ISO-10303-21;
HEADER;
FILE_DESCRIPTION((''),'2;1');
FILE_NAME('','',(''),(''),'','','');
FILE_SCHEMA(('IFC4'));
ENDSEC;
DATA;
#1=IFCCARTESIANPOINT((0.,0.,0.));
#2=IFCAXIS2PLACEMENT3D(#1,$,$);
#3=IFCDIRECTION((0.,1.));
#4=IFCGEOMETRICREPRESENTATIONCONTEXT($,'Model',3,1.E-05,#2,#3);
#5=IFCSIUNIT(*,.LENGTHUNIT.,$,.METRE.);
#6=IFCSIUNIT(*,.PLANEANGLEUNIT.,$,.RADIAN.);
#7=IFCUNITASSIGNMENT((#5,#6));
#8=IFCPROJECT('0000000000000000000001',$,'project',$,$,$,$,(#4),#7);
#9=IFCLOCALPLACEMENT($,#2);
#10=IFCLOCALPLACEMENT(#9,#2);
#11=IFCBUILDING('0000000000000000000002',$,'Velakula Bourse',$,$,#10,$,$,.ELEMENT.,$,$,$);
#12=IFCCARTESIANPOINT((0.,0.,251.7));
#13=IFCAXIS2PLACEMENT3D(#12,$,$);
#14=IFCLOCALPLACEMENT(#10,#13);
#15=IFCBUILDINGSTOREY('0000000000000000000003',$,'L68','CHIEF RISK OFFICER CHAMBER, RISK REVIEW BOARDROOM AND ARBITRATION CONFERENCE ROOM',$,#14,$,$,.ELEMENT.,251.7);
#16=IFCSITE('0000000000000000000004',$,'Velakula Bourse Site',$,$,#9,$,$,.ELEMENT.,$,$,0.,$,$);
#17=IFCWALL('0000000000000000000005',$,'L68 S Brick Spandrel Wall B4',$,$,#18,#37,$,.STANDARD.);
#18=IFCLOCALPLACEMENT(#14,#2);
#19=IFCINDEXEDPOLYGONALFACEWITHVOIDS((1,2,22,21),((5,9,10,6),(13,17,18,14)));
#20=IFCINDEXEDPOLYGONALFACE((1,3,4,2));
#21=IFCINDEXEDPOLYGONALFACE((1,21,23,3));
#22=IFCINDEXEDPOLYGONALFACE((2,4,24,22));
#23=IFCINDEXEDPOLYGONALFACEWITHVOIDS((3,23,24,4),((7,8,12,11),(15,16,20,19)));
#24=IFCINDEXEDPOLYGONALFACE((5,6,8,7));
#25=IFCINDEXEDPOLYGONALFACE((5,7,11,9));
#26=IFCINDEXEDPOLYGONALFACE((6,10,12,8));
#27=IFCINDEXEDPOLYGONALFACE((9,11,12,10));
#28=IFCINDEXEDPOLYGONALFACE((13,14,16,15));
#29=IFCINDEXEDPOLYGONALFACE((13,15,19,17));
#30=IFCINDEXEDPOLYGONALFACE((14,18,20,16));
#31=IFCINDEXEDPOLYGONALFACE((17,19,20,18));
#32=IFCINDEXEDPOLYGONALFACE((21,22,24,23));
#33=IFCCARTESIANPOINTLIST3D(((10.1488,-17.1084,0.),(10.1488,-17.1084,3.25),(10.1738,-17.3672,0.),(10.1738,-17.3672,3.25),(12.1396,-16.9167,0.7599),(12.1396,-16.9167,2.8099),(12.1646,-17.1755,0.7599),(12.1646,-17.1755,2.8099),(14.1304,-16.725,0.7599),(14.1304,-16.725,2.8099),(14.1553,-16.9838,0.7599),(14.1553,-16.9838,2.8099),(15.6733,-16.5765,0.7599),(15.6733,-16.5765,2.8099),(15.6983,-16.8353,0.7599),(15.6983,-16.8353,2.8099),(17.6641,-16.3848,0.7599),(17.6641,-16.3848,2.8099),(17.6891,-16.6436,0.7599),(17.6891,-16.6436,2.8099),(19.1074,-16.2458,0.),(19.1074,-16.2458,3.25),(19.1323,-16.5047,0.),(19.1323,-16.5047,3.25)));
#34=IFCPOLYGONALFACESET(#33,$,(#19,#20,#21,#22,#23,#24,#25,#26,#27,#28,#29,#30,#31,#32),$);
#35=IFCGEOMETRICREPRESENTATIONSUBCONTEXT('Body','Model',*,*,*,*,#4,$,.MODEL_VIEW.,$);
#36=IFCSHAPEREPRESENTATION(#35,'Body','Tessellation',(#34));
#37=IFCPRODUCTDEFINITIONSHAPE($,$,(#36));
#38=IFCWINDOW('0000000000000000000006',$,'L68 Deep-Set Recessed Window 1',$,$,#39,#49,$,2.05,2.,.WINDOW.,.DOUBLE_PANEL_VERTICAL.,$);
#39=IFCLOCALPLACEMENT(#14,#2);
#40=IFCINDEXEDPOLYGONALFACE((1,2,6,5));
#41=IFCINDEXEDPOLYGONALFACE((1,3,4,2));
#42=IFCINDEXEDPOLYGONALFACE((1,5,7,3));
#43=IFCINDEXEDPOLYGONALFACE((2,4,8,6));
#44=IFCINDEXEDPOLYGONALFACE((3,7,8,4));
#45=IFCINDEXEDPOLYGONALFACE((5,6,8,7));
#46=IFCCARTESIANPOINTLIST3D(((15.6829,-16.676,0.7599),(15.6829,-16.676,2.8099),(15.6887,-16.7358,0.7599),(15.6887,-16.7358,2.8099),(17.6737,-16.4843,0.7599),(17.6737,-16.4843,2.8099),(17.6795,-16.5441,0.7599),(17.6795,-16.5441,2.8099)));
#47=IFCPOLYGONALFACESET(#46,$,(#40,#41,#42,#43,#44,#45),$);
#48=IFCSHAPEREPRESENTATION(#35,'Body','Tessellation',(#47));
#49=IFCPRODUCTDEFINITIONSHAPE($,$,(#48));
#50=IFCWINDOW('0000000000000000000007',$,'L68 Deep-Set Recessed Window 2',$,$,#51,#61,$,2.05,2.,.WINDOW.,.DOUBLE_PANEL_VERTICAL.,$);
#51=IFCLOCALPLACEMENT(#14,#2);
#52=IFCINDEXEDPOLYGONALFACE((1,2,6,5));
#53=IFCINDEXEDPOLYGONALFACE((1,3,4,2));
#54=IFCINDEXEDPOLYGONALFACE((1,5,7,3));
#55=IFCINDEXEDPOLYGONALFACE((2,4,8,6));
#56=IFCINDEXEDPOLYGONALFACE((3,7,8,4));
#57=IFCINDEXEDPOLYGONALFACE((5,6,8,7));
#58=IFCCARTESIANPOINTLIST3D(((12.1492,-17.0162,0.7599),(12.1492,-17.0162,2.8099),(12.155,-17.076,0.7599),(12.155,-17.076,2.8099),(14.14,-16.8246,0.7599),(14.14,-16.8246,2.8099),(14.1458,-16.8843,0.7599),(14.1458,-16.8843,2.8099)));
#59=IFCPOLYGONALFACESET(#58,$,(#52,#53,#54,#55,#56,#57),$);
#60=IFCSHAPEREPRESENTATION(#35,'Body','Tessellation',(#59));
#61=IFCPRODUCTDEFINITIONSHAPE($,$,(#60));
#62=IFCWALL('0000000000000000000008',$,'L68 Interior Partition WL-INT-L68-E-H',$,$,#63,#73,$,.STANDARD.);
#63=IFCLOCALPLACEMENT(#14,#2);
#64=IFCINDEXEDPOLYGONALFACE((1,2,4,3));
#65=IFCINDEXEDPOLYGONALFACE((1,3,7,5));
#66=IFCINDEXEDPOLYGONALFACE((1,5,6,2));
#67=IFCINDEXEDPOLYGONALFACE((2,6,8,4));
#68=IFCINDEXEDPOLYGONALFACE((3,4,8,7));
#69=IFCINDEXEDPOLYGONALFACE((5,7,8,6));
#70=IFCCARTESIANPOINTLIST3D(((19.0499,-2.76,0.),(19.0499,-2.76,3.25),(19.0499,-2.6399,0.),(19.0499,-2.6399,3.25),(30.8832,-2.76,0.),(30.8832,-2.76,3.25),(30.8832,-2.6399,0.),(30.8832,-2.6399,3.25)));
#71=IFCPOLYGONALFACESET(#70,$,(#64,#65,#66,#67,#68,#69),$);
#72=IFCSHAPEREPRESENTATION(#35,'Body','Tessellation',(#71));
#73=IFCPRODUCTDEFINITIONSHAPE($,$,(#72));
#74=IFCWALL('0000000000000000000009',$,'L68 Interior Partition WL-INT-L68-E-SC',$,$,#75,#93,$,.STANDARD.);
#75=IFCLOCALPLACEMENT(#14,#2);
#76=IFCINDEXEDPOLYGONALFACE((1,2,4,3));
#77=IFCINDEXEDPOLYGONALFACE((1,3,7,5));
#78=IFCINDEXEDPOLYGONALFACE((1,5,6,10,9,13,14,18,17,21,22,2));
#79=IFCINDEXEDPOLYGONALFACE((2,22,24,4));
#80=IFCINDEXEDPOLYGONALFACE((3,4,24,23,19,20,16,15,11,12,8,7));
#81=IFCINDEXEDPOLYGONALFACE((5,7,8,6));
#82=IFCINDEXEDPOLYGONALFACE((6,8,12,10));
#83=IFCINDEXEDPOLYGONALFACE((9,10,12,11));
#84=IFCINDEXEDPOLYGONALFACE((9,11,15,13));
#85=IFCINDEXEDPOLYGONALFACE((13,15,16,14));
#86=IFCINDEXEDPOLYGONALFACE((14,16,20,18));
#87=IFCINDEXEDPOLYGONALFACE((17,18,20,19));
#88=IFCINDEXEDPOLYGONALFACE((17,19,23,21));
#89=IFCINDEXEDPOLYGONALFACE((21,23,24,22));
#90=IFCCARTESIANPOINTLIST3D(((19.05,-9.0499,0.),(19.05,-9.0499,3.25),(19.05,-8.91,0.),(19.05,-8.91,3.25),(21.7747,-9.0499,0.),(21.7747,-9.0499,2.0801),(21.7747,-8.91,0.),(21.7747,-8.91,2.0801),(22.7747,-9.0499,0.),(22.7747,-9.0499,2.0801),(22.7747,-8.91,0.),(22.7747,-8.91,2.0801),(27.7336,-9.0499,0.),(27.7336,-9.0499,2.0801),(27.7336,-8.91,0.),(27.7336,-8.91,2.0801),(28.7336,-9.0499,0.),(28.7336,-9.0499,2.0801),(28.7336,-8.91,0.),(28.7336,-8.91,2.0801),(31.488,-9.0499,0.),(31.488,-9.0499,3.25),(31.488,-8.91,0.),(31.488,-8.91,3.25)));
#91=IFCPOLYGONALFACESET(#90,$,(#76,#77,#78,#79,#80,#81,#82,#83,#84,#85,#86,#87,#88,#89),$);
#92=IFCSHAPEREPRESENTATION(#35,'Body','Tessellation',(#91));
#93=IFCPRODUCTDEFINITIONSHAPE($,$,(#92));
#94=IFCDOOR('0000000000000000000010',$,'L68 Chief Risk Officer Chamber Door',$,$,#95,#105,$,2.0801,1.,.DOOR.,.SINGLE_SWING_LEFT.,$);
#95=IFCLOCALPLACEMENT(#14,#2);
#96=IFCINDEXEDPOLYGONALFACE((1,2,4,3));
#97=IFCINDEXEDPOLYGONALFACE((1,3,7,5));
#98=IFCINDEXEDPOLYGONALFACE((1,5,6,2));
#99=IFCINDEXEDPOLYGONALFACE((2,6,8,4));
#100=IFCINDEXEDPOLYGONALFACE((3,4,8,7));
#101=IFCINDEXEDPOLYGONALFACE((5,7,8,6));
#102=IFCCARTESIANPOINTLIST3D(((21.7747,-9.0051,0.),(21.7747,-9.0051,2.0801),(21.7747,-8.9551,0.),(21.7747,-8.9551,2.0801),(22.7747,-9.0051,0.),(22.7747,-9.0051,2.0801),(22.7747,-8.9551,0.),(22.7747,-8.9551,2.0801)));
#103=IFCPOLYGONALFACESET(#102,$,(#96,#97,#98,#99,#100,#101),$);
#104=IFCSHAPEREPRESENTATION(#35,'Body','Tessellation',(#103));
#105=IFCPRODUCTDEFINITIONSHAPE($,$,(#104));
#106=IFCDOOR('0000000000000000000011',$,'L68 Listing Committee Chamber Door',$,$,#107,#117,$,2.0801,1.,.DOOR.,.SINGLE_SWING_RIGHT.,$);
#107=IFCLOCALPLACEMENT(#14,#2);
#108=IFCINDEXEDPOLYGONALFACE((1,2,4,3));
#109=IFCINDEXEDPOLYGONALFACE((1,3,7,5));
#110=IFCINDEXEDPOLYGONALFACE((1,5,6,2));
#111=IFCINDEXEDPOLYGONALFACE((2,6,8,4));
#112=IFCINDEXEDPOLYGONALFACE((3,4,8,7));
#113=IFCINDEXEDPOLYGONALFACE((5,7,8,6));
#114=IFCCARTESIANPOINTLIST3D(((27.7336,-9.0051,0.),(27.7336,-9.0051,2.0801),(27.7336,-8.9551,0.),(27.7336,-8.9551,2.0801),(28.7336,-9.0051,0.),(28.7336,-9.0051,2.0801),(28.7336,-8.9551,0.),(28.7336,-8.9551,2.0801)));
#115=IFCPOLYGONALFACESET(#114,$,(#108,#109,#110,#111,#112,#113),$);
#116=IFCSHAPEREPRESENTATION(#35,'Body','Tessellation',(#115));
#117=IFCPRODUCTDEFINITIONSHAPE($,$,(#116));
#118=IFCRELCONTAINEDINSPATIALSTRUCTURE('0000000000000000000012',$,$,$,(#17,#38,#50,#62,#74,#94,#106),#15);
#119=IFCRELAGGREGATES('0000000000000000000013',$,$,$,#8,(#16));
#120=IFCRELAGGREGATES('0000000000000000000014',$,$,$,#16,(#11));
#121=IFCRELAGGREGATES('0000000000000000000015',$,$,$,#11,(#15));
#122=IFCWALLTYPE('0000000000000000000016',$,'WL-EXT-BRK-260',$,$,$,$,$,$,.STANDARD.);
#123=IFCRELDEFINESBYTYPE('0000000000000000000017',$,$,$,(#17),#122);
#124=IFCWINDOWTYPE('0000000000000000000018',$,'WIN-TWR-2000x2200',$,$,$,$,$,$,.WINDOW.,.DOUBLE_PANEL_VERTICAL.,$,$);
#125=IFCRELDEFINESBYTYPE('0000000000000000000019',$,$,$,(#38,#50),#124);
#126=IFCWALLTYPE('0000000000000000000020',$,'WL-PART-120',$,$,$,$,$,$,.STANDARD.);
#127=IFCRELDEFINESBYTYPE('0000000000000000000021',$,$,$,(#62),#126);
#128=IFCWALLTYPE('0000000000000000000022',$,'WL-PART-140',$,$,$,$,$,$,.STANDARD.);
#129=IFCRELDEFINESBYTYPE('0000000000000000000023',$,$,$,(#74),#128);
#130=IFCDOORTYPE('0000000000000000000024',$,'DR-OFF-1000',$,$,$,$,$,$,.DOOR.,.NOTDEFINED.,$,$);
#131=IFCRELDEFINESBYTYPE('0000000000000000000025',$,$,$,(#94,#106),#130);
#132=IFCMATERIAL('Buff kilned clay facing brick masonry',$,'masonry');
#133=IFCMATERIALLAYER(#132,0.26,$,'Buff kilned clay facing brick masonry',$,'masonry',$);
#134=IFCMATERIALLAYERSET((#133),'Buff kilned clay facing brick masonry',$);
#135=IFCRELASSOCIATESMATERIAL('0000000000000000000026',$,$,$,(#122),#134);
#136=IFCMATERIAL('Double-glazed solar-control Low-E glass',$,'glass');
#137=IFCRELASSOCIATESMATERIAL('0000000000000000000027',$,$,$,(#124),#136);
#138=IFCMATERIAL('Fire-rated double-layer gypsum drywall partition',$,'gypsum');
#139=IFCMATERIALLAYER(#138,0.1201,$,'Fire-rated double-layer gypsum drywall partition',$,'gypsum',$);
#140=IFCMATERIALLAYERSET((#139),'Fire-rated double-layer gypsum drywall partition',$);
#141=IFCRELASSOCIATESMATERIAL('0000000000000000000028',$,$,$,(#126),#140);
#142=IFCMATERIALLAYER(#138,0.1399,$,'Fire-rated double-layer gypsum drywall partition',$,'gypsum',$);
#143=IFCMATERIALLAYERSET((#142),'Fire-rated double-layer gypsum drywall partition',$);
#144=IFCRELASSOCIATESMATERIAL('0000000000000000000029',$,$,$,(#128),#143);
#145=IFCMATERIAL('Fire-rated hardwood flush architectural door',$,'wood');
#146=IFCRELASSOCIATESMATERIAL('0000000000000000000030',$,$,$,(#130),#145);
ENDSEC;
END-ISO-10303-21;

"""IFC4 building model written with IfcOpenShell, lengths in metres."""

from ifc_helpers import new_model, si_unit, direction, frame, frame_2d, origin, place, context, subcontext, project, spatial, rectangle, extrude, material, layer, layer_set, type_object, element, fill, save


model = new_model("IFC4")

# Units and contexts
model_context = context("Model", 3, precision=1e-05, world=origin(), true_north=direction((0.0, 1.0)))
body_context = subcontext(model_context, "Body", "Model", "MODEL_VIEW")
ifc_project = project(units=[si_unit("LENGTHUNIT", "METRE"), si_unit("PLANEANGLEUNIT", "RADIAN")], contexts=[model_context])

# Site, building, storey
site_placement = place(None, origin())
site = spatial("IfcSite", under=ifc_project, at=site_placement, Name="Velakula Bourse Site", CompositionType="ELEMENT", RefElevation=0.0)
building_placement = place(site_placement, origin())
building = spatial("IfcBuilding", under=site, at=building_placement, Name="Velakula Bourse", CompositionType="ELEMENT")
storey_placement = place(building_placement, frame((0.0, 0.0, 251.7)))
storey = spatial("IfcBuildingStorey", under=building, at=storey_placement, Name="L68", Description="CHIEF RISK OFFICER CHAMBER, RISK REVIEW BOARDROOM AND ARBITRATION CONFERENCE ROOM", CompositionType="ELEMENT", Elevation=251.7)

# Wall, openings, windows
ifc_material_1 = material(Name="Buff kilned clay facing brick masonry", Category="masonry")
ifc_layer_1 = layer(ifc_material_1, 0.26, Name="Buff kilned clay facing brick masonry", Category="masonry")
ifc_layer_set_1 = layer_set([ifc_layer_1], Name="Buff kilned clay facing brick masonry")
wall_type_1 = type_object("IfcWallType", Name="WL-EXT-BRK-260", PredefinedType="STANDARD", material=ifc_layer_set_1)
wall_1_placement = place(storey_placement, frame((19.1199, -16.3752, 0.0), z_axis=(0.0, 0.0, 1.0), x_axis=(-0.995397, -0.09584, 0.0)))
wall_1 = element("IfcWall", 1, at=wall_1_placement, inside=storey, type_object=wall_type_1, Name="L68 S Brick Spandrel Wall B4", PredefinedType="STANDARD", context=body_context, shape_type="SweptSolid", body=[
    extrude(rectangle(XDim=9.0, YDim=0.26, at=frame_2d((4.5, 0.0))), origin(), (0.0, 0.0, 1.0), 3.25),
])
opening_1_placement = place(wall_1_placement, frame((1.45, 0.0, 0.76)))
opening_1 = element("IfcOpeningElement", 2, at=opening_1_placement, cuts=wall_1, PredefinedType="OPENING", context=body_context, shape_type="SweptSolid", body=[
    extrude(rectangle(XDim=2.0, YDim=2.05, at=frame_2d((1.0, 1.0249))), frame((0.0, 0.1399, 0.0), z_axis=(0.0, -1.0, 0.0), x_axis=(1.0, 0.0, 0.0)), (0.0, 0.0, 1.0), 0.28),
])
opening_2_placement = place(wall_1_placement, frame((5.0, 0.0, 0.76)))
opening_2 = element("IfcOpeningElement", 3, at=opening_2_placement, cuts=wall_1, PredefinedType="OPENING", context=body_context, shape_type="SweptSolid", body=[
    extrude(rectangle(XDim=2.0, YDim=2.05, at=frame_2d((1.0, 1.0249))), frame((0.0, 0.1399, 0.0), z_axis=(0.0, -1.0, 0.0), x_axis=(1.0, 0.0, 0.0)), (0.0, 0.0, 1.0), 0.28),
])
ifc_material_2 = material(Name="Double-glazed solar-control Low-E glass", Category="glass")
window_type = type_object("IfcWindowType", Name="WIN-TWR-2000x2200", PartitioningType="DOUBLE_PANEL_VERTICAL", PredefinedType="WINDOW", material=ifc_material_2)
window_1_placement = place(opening_1_placement, origin())
window_1 = element("IfcWindow", 4, at=window_1_placement, inside=storey, type_object=window_type, Name="L68 Deep-Set Recessed Window 1", OverallHeight=2.05, OverallWidth=2.0, PartitioningType="DOUBLE_PANEL_VERTICAL", PredefinedType="WINDOW", context=body_context, shape_type="SweptSolid", body=[
    extrude(rectangle(XDim=2.0, YDim=2.05, at=frame_2d((1.0, 1.0249))), frame((0.0, 0.03, 0.0), z_axis=(0.0, -1.0, 0.0), x_axis=(1.0, 0.0, 0.0)), (0.0, 0.0, 1.0), 0.0601),
])
fill(opening_1, window_1)
window_2_placement = place(opening_2_placement, origin())
window_2 = element("IfcWindow", 5, at=window_2_placement, inside=storey, type_object=window_type, Name="L68 Deep-Set Recessed Window 2", OverallHeight=2.05, OverallWidth=2.0, PartitioningType="DOUBLE_PANEL_VERTICAL", PredefinedType="WINDOW", context=body_context, shape_type="SweptSolid", body=[
    extrude(rectangle(XDim=2.0, YDim=2.05, at=frame_2d((1.0, 1.0249))), frame((0.0, 0.03, 0.0), z_axis=(0.0, -1.0, 0.0), x_axis=(1.0, 0.0, 0.0)), (0.0, 0.0, 1.0), 0.0601),
])
fill(opening_2, window_2)

# Wall
ifc_material_3 = material(Name="Fire-rated double-layer gypsum drywall partition", Category="gypsum")
ifc_layer_2 = layer(ifc_material_3, 0.1201, Name="Fire-rated double-layer gypsum drywall partition", Category="gypsum")
ifc_layer_set_2 = layer_set([ifc_layer_2], Name="Fire-rated double-layer gypsum drywall partition")
wall_type_2 = type_object("IfcWallType", Name="WL-PART-120", PredefinedType="STANDARD", material=ifc_layer_set_2)
wall_2_placement = place(storey_placement, frame((19.05, -2.7, 0.0), z_axis=(0.0, 0.0, 1.0), x_axis=(1.0, 0.0, 0.0)))
element("IfcWall", 6, at=wall_2_placement, inside=storey, type_object=wall_type_2, Name="L68 Interior Partition WL-INT-L68-E-H", PredefinedType="STANDARD", context=body_context, shape_type="SweptSolid", body=[
    extrude(rectangle(XDim=11.8333, YDim=0.1201, at=frame_2d((5.9165, 0.0))), origin(), (0.0, 0.0, 1.0), 3.25),
])

# Wall, openings, doors
ifc_layer_3 = layer(ifc_material_3, 0.1399, Name="Fire-rated double-layer gypsum drywall partition", Category="gypsum")
ifc_layer_set_3 = layer_set([ifc_layer_3], Name="Fire-rated double-layer gypsum drywall partition")
wall_type_3 = type_object("IfcWallType", Name="WL-PART-140", PredefinedType="STANDARD", material=ifc_layer_set_3)
wall_3_placement = place(storey_placement, frame((19.05, -8.98, 0.0), z_axis=(0.0, 0.0, 1.0), x_axis=(1.0, 0.0, 0.0)))
wall_3 = element("IfcWall", 7, at=wall_3_placement, inside=storey, type_object=wall_type_3, Name="L68 Interior Partition WL-INT-L68-E-SC", PredefinedType="STANDARD", context=body_context, shape_type="SweptSolid", body=[
    extrude(rectangle(XDim=12.438, YDim=0.1399, at=frame_2d((6.219, 0.0))), origin(), (0.0, 0.0, 1.0), 3.25),
])
opening_3_placement = place(wall_3_placement, frame((2.7246, 0.0, 0.0)))
opening_3 = element("IfcOpeningElement", 8, at=opening_3_placement, cuts=wall_3, PredefinedType="OPENING", context=body_context, shape_type="SweptSolid", body=[
    extrude(rectangle(XDim=1.0, YDim=2.0801, at=frame_2d((0.5, 1.04))), frame((0.0, 0.0798, 0.0), z_axis=(0.0, -1.0, 0.0), x_axis=(1.0, 0.0, 0.0)), (0.0, 0.0, 1.0), 0.1599),
])
opening_4_placement = place(wall_3_placement, frame((8.6836, 0.0, 0.0)))
opening_4 = element("IfcOpeningElement", 9, at=opening_4_placement, cuts=wall_3, PredefinedType="OPENING", context=body_context, shape_type="SweptSolid", body=[
    extrude(rectangle(XDim=1.0, YDim=2.0801, at=frame_2d((0.5, 1.04))), frame((0.0, 0.0798, 0.0), z_axis=(0.0, -1.0, 0.0), x_axis=(1.0, 0.0, 0.0)), (0.0, 0.0, 1.0), 0.1599),
])
ifc_material_4 = material(Name="Fire-rated hardwood flush architectural door", Category="wood")
door_type = type_object("IfcDoorType", Name="DR-OFF-1000", OperationType="NOTDEFINED", PredefinedType="DOOR", material=ifc_material_4)
door_1_placement = place(opening_3_placement, origin())
door_1 = element("IfcDoor", 10, at=door_1_placement, inside=storey, type_object=door_type, Name="L68 Chief Risk Officer Chamber Door", OperationType="SINGLE_SWING_LEFT", OverallHeight=2.0801, OverallWidth=1.0, PredefinedType="DOOR", context=body_context, shape_type="SweptSolid", body=[
    extrude(rectangle(XDim=1.0, YDim=2.0801, at=frame_2d((0.5, 1.04))), frame((0.0, 0.0249, 0.0), z_axis=(0.0, -1.0, 0.0), x_axis=(1.0, 0.0, 0.0)), (0.0, 0.0, 1.0), 0.05),
])
fill(opening_3, door_1)
door_2_placement = place(opening_4_placement, origin())
door_2 = element("IfcDoor", 11, at=door_2_placement, inside=storey, type_object=door_type, Name="L68 Listing Committee Chamber Door", OperationType="SINGLE_SWING_RIGHT", OverallHeight=2.0801, OverallWidth=1.0, PredefinedType="DOOR", context=body_context, shape_type="SweptSolid", body=[
    extrude(rectangle(XDim=1.0, YDim=2.0801, at=frame_2d((0.5, 1.04))), frame((0.0, 0.0249, 0.0), z_axis=(0.0, -1.0, 0.0), x_axis=(1.0, 0.0, 0.0)), (0.0, 0.0, 1.0), 0.05),
])
fill(opening_4, door_2)

save(model, "model.ifc")
